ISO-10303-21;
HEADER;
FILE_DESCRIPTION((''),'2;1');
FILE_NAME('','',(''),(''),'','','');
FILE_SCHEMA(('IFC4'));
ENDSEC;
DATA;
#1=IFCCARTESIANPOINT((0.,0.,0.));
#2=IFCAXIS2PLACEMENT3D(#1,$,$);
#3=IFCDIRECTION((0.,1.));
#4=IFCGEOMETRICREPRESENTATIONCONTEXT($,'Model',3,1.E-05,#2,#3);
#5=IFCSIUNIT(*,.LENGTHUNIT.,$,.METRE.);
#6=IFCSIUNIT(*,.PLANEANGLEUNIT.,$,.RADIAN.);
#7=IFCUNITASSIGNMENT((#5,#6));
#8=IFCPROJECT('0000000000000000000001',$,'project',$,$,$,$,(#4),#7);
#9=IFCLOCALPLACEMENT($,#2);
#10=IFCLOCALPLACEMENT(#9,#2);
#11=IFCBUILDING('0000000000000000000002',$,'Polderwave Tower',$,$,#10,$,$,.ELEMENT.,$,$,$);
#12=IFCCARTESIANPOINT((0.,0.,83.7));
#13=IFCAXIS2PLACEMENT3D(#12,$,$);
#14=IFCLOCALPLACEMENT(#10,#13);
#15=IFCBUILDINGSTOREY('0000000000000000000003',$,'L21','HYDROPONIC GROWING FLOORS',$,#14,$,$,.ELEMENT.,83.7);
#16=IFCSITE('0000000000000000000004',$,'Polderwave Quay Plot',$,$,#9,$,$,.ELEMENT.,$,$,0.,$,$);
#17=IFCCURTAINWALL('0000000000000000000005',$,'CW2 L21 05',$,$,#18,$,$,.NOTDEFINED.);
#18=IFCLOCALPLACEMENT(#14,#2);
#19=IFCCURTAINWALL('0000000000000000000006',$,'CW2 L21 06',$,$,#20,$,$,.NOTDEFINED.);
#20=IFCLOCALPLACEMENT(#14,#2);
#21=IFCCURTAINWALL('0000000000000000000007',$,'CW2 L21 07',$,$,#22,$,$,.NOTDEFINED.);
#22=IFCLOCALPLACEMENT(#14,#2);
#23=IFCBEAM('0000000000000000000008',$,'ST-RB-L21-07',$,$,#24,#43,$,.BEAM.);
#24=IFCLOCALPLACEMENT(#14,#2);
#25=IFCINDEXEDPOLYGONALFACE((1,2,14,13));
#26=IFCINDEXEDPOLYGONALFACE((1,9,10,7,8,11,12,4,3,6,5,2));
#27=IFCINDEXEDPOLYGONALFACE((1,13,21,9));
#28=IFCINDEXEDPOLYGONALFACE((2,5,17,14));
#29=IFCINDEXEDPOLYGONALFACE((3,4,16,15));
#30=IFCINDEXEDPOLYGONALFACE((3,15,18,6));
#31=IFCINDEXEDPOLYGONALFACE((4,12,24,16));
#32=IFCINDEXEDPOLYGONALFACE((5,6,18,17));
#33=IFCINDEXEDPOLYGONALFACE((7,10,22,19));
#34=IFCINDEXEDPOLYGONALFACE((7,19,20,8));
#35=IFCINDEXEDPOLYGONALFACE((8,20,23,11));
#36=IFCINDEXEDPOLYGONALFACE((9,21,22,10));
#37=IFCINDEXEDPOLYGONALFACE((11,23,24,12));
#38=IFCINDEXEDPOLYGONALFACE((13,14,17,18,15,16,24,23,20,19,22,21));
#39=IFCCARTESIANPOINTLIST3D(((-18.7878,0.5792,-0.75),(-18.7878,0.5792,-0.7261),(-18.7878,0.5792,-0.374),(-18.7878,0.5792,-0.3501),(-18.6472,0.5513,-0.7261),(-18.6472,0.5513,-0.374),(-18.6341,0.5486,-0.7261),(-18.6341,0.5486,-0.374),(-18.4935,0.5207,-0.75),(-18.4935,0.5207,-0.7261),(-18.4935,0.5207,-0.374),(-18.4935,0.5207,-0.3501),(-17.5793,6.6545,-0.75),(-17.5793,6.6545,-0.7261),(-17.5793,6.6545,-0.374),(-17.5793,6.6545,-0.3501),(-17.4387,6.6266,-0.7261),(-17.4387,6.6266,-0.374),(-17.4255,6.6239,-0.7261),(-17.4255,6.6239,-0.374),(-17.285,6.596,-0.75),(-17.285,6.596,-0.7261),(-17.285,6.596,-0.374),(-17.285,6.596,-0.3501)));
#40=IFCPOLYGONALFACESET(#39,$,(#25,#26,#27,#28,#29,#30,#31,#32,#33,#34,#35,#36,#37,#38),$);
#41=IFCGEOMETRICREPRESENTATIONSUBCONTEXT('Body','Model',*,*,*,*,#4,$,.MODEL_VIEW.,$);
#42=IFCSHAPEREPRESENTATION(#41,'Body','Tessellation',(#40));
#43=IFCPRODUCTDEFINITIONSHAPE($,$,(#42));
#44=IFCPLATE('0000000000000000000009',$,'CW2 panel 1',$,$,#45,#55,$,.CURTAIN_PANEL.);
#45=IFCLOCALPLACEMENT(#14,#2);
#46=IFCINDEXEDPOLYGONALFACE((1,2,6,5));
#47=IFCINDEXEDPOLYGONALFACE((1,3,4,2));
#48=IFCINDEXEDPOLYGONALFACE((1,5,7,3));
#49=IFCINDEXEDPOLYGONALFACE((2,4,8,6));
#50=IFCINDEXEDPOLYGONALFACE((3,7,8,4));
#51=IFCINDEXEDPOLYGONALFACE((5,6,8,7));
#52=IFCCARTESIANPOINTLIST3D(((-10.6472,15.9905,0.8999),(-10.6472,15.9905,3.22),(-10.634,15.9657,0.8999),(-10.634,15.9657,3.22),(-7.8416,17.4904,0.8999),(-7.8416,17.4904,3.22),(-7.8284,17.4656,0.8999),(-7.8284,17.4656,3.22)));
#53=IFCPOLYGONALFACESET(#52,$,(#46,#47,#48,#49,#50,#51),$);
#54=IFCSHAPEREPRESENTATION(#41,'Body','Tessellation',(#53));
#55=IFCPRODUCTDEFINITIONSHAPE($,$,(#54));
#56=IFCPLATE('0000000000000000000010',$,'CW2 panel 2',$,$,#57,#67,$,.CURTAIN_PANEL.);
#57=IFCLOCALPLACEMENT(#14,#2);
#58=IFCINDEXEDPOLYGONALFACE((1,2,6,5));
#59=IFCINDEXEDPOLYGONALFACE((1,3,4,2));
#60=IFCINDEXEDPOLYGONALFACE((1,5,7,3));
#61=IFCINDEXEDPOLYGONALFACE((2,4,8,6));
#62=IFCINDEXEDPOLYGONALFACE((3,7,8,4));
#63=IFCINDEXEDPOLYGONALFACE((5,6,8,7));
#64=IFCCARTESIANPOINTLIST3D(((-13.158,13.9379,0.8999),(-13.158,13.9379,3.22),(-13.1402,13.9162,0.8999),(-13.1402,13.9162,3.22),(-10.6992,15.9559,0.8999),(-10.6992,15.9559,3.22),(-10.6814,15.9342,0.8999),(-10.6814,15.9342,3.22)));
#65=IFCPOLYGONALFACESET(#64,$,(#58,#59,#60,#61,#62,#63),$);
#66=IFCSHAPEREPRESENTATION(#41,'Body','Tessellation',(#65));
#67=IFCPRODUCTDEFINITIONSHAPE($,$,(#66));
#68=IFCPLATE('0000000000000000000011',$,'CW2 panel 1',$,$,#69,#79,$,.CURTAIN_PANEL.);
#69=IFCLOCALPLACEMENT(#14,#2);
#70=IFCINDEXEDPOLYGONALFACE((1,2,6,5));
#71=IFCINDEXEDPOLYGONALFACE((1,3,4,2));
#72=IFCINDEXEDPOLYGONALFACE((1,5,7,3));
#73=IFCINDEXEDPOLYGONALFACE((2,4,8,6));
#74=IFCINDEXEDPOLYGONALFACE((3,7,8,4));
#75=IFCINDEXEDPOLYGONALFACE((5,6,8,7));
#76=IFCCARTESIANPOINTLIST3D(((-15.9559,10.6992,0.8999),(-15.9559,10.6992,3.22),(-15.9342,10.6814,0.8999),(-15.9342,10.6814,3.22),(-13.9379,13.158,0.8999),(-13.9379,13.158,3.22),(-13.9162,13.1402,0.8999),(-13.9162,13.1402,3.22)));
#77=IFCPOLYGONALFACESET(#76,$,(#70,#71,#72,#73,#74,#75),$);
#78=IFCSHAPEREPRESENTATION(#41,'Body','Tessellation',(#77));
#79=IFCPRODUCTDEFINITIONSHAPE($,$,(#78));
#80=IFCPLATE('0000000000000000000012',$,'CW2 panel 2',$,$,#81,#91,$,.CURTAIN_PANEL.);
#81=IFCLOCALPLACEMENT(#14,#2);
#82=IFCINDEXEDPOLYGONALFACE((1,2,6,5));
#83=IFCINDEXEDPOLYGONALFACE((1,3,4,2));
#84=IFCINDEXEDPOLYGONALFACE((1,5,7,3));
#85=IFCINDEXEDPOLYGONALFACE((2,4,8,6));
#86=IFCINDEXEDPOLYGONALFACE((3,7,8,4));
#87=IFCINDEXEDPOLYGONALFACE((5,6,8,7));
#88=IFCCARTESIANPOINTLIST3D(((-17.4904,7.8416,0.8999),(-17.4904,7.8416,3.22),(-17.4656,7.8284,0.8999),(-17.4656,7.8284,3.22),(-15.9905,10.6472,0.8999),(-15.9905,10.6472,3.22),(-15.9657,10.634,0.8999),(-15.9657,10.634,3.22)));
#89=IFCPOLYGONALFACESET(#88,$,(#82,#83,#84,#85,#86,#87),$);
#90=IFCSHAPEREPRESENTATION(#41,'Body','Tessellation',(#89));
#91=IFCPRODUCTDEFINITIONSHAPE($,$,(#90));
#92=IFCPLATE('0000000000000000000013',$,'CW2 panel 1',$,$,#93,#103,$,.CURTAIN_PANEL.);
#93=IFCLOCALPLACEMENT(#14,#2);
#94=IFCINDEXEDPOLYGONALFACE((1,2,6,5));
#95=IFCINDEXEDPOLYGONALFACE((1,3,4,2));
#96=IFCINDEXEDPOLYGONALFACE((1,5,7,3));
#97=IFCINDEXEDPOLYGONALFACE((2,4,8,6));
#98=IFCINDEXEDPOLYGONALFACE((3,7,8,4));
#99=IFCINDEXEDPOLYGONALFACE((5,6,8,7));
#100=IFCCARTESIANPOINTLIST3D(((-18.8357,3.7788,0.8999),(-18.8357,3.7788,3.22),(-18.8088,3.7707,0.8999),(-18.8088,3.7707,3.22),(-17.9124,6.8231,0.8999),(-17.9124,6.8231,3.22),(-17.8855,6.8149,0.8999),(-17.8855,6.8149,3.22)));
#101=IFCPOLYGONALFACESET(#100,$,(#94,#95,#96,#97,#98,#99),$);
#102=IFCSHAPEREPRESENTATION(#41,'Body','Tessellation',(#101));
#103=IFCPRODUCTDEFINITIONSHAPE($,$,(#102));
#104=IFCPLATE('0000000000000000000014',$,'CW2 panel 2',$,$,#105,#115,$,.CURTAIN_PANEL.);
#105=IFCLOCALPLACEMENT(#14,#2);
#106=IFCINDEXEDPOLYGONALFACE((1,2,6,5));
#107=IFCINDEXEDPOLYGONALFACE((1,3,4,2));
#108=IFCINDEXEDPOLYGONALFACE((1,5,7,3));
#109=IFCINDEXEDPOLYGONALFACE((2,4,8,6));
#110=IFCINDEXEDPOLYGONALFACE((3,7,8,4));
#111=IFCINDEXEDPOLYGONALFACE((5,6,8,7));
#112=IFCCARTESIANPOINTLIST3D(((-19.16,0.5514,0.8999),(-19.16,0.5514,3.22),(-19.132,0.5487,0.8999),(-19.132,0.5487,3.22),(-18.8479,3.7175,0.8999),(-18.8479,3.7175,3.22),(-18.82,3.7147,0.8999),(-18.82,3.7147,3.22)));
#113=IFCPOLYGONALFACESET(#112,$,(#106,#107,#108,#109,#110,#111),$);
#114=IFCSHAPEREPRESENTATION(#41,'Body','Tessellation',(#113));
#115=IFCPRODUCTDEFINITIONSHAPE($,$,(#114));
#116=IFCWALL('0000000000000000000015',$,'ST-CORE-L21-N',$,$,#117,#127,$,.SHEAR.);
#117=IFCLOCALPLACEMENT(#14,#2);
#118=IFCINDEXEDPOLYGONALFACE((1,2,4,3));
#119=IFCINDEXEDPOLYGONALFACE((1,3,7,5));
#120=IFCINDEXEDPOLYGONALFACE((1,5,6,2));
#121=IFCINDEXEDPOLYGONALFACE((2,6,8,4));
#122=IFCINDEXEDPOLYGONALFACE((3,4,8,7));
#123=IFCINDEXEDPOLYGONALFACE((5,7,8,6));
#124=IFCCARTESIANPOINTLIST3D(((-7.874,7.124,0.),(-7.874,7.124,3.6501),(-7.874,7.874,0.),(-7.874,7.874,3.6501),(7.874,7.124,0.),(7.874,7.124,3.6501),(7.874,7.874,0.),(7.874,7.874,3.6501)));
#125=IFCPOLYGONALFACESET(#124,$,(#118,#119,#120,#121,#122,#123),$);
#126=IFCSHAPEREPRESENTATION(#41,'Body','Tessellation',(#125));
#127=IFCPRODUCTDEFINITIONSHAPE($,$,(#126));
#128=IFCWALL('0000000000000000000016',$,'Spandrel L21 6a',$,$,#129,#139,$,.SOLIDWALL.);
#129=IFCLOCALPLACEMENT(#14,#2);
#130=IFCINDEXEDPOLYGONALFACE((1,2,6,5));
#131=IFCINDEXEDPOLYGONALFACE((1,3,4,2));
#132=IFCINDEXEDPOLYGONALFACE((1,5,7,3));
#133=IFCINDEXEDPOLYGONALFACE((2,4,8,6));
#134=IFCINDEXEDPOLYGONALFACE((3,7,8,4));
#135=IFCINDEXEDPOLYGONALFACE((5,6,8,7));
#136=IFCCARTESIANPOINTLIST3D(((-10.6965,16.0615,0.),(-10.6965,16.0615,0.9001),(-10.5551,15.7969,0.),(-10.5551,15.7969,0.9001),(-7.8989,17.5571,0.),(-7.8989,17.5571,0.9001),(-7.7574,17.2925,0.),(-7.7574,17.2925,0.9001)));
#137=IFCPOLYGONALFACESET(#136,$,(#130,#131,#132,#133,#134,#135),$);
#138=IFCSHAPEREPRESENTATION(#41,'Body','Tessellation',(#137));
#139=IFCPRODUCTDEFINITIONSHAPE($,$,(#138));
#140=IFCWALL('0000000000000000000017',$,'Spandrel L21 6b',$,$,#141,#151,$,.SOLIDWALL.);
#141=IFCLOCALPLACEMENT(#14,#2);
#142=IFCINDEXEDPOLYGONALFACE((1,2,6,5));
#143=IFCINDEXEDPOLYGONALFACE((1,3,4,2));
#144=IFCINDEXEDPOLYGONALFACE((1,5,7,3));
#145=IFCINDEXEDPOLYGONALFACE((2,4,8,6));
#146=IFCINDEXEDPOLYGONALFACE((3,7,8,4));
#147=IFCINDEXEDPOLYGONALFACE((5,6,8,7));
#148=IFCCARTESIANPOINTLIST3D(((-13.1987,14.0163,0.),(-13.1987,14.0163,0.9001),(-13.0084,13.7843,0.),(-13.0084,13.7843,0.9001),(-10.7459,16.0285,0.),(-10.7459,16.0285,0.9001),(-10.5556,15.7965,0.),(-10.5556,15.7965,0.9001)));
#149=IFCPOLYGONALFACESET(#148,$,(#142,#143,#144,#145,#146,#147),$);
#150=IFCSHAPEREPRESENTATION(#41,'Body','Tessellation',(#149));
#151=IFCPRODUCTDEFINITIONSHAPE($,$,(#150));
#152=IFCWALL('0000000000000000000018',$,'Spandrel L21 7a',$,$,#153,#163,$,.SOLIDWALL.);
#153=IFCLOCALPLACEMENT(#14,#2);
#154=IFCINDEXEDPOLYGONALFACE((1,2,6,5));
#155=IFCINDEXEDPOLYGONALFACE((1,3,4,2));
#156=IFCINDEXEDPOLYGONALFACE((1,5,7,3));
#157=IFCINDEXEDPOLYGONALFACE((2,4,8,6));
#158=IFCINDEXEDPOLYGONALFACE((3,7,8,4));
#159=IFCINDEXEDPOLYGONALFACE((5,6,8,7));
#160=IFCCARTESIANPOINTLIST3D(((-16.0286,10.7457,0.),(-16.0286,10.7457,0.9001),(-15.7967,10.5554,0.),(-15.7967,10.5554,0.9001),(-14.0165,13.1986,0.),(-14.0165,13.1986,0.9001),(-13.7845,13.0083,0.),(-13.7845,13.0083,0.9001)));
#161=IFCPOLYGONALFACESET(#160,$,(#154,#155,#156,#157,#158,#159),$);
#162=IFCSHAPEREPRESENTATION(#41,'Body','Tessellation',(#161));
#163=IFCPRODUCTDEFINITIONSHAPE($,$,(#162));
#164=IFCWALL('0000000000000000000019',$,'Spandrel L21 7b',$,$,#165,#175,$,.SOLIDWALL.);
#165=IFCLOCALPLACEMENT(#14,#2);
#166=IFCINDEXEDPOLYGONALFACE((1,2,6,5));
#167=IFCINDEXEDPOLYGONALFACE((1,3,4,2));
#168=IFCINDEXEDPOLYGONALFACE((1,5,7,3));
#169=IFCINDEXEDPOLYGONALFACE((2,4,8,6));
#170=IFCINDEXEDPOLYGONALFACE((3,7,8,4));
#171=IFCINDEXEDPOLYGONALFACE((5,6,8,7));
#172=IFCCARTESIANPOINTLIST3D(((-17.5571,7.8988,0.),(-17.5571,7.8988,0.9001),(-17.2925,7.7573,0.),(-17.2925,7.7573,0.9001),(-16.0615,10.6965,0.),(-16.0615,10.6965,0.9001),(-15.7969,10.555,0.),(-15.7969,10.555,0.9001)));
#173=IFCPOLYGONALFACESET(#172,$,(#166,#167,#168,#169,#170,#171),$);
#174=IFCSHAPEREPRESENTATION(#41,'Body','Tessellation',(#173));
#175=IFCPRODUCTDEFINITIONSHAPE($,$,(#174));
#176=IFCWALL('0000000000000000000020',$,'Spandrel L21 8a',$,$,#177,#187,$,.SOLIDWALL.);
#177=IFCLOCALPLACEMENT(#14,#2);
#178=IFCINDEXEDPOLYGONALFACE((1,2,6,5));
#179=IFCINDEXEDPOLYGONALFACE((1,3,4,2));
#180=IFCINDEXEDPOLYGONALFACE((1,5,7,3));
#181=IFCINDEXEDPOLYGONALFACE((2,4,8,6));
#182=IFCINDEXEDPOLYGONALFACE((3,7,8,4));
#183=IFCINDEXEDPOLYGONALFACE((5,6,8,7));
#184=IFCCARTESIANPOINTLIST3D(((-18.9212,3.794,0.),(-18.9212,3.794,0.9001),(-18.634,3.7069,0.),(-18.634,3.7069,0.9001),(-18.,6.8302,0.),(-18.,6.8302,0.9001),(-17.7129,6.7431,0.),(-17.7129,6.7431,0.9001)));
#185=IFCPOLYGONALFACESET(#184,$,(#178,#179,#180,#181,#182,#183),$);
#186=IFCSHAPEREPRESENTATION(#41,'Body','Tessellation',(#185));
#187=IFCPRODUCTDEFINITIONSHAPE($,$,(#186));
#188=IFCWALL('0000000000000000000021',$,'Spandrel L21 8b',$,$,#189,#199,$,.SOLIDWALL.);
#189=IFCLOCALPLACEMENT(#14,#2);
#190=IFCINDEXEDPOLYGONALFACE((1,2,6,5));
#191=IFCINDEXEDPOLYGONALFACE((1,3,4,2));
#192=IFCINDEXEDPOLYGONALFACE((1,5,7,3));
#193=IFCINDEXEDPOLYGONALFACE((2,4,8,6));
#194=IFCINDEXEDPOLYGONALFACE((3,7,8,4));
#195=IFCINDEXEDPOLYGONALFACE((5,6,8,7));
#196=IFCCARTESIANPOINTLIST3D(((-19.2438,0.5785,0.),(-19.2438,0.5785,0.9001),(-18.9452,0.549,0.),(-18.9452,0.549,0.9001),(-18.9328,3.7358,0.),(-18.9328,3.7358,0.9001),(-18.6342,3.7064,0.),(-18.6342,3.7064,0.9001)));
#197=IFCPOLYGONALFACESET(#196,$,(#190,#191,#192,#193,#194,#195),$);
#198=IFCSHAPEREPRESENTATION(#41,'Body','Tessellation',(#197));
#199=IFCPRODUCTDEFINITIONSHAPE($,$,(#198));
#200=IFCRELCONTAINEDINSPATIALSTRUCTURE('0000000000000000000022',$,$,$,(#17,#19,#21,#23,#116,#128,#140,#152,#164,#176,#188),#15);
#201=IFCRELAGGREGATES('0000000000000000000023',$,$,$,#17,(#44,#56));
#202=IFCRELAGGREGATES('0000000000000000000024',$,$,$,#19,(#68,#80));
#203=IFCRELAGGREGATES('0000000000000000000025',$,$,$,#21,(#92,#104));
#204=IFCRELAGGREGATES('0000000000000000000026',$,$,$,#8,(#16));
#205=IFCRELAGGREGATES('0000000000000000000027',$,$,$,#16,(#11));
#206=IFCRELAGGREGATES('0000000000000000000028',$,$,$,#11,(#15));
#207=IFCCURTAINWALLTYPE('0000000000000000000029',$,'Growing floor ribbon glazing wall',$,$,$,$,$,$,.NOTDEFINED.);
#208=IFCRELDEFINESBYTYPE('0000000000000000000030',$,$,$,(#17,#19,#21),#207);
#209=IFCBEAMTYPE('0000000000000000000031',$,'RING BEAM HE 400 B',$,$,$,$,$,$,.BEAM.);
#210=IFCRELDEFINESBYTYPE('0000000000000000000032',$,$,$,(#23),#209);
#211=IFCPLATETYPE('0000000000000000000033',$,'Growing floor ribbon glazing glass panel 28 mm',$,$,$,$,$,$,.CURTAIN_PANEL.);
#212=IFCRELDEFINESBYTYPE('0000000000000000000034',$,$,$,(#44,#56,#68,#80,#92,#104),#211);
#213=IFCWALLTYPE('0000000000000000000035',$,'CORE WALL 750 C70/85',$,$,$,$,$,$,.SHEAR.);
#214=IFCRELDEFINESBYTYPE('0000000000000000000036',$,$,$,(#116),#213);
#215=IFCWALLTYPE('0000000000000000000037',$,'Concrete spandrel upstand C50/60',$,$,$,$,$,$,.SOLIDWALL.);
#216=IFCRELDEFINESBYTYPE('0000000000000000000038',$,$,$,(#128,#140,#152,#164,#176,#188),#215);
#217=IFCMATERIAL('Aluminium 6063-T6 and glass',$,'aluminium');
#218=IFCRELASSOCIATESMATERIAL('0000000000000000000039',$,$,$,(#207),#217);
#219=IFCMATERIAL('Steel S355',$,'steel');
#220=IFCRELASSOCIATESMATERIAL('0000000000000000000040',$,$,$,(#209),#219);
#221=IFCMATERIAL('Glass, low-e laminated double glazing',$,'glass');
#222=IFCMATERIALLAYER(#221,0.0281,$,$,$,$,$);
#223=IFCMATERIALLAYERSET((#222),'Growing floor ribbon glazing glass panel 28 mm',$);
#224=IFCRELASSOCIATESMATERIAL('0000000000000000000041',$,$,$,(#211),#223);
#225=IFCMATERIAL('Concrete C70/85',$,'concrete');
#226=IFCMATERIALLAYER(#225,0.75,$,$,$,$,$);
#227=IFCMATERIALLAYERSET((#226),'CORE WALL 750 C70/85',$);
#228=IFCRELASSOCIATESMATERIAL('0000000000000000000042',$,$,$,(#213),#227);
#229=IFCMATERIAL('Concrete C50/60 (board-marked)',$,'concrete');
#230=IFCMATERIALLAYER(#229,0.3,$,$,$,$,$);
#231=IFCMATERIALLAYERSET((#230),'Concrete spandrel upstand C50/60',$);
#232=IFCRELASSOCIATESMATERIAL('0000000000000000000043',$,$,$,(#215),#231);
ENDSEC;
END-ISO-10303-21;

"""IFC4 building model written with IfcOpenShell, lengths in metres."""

from ifc_helpers import new_model, si_unit, direction, frame, frame_2d, origin, origin_2d, place, context, subcontext, project, spatial, rectangle, i_section, extrude, material, layer, layer_set, material_profile, profile_set, type_object, element, aggregate, save


model = new_model("IFC4")

# Units and contexts
model_context = context("Model", 3, precision=1e-05, world=origin(), true_north=direction((0.0, 1.0)))
body_context = subcontext(model_context, "Body", "Model", "MODEL_VIEW")
ifc_project = project(units=[si_unit("LENGTHUNIT", "METRE"), si_unit("PLANEANGLEUNIT", "RADIAN")], contexts=[model_context])

# Site, building, storey
site_placement = place(None, origin())
site = spatial("IfcSite", under=ifc_project, at=site_placement, Name="Polderwave Quay Plot", CompositionType="ELEMENT", RefElevation=0.0)
building_placement = place(site_placement, origin())
building = spatial("IfcBuilding", under=site, at=building_placement, Name="Polderwave Tower", CompositionType="ELEMENT")
storey_placement = place(building_placement, frame((0.0, 0.0, 83.7)))
storey = spatial("IfcBuildingStorey", under=building, at=storey_placement, Name="L21", Description="HYDROPONIC GROWING FLOORS", CompositionType="ELEMENT", Elevation=83.7)

# Shared definitions
ifc_material_1 = material(Name="Concrete C70/85", Category="concrete")

# Curtain walls
ifc_material_2 = material(Name="Aluminium 6063-T6 and glass", Category="aluminium")
curtain_wall_type = type_object("IfcCurtainWallType", Name="Growing floor ribbon glazing wall", PredefinedType="NOTDEFINED", material=ifc_material_2)
curtain_wall_1_placement = place(storey_placement, origin())
curtain_wall_1 = element("IfcCurtainWall", 1, at=curtain_wall_1_placement, inside=storey, type_object=curtain_wall_type, Name="CW2 L21 05", PredefinedType="NOTDEFINED")
curtain_wall_2_placement = place(storey_placement, origin())
curtain_wall_2 = element("IfcCurtainWall", 2, at=curtain_wall_2_placement, inside=storey, type_object=curtain_wall_type, Name="CW2 L21 06", PredefinedType="NOTDEFINED")
curtain_wall_3_placement = place(storey_placement, origin())
curtain_wall_3 = element("IfcCurtainWall", 3, at=curtain_wall_3_placement, inside=storey, type_object=curtain_wall_type, Name="CW2 L21 07", PredefinedType="NOTDEFINED")

# Beam
ifc_material_3 = material(Name="Steel S355", Category="steel")
ifc_material_profile_1 = material_profile(ifc_material_3, i_section(OverallWidth=0.3, OverallDepth=0.3999, WebThickness=0.0134, FlangeThickness=0.0239, at=origin_2d()), Name="HE 400 B")
ifc_profile_set_1 = profile_set([ifc_material_profile_1], Name="Steel S355")
beam_type = type_object("IfcBeamType", Name="RING BEAM HE 400 B", PredefinedType="BEAM", material=ifc_profile_set_1)
for number, where, z_axis, x_axis, name in (
    (4, (-17.4321, 6.6252, -0.55), (-0.1951, -0.980783, 0.0), (0.980783, -0.1951, 0.0), "ST-RB-L21-07"),
):
    element("IfcBeam", number, at=place(storey_placement, frame(where, z_axis=z_axis, x_axis=x_axis)), inside=storey, type_object=beam_type, Name=name, PredefinedType="BEAM", context=body_context, shape_type="SweptSolid", body=[
        extrude(i_section(OverallWidth=0.3, OverallDepth=0.3999, WebThickness=0.0134, FlangeThickness=0.0239, at=origin_2d()), origin(), (0.0, 0.0, 1.0), 6.1943),
    ])

# Plates
ifc_material_4 = material(Name="Glass, low-e laminated double glazing", Category="glass")
ifc_layer_1 = layer(ifc_material_4, 0.0281)
ifc_layer_set_1 = layer_set([ifc_layer_1], Name="Growing floor ribbon glazing glass panel 28 mm")
plate_type = type_object("IfcPlateType", Name="Growing floor ribbon glazing glass panel 28 mm", PredefinedType="CURTAIN_PANEL", material=ifc_layer_set_1)
plate_1_placement = place(storey_placement, frame((-9.2378, 16.728, 0.8999), z_axis=(0.0, 0.0, 1.0), x_axis=(-0.881887, -0.471461, 0.0)))
plate_1 = element("IfcPlate", 5, at=plate_1_placement, type_object=plate_type, Name="CW2 panel 1", PredefinedType="CURTAIN_PANEL", context=body_context, shape_type="SweptSolid", body=[
    extrude(rectangle(XDim=3.1814, YDim=0.0281, at=origin_2d()), origin(), (0.0, 0.0, 1.0), 2.3201),
])
plate_2_placement = place(storey_placement, frame((-11.9197, 14.936, 0.8999), z_axis=(0.0, 0.0, 1.0), x_axis=(-0.772999, -0.634407, 0.0)))
plate_2 = element("IfcPlate", 6, at=plate_2_placement, type_object=plate_type, Name="CW2 panel 2", PredefinedType="CURTAIN_PANEL", context=body_context, shape_type="SweptSolid", body=[
    extrude(rectangle(XDim=3.1809, YDim=0.0281, at=origin_2d()), origin(), (0.0, 0.0, 1.0), 2.3201),
])
aggregate(curtain_wall_1, [plate_1, plate_2])
plate_3_placement = place(storey_placement, frame((-14.936, 11.9197, 0.8999), z_axis=(0.0, 0.0, 1.0), x_axis=(-0.634407, -0.772999, 0.0)))
plate_3 = element("IfcPlate", 7, at=plate_3_placement, type_object=plate_type, Name="CW2 panel 1", PredefinedType="CURTAIN_PANEL", context=body_context, shape_type="SweptSolid", body=[
    extrude(rectangle(XDim=3.1809, YDim=0.0281, at=origin_2d()), origin(), (0.0, 0.0, 1.0), 2.3201),
])
plate_4_placement = place(storey_placement, frame((-16.728, 9.2378, 0.8999), z_axis=(0.0, 0.0, 1.0), x_axis=(-0.471461, -0.881887, 0.0)))
plate_4 = element("IfcPlate", 8, at=plate_4_placement, type_object=plate_type, Name="CW2 panel 2", PredefinedType="CURTAIN_PANEL", context=body_context, shape_type="SweptSolid", body=[
    extrude(rectangle(XDim=3.1814, YDim=0.0281, at=origin_2d()), origin(), (0.0, 0.0, 1.0), 2.3201),
])
aggregate(curtain_wall_2, [plate_3, plate_4])
plate_5_placement = place(storey_placement, frame((-18.3606, 5.2969, 0.8999), z_axis=(0.0, 0.0, 1.0), x_axis=(-0.290233, -0.956956, 0.0)))
plate_5 = element("IfcPlate", 9, at=plate_5_placement, type_object=plate_type, Name="CW2 panel 1", PredefinedType="CURTAIN_PANEL", context=body_context, shape_type="SweptSolid", body=[
    extrude(rectangle(XDim=3.1812, YDim=0.0281, at=origin_2d()), origin(), (0.0, 0.0, 1.0), 2.3201),
])
plate_6_placement = place(storey_placement, frame((-18.99, 2.1331, 0.8999), z_axis=(0.0, 0.0, 1.0), x_axis=(-0.098085, -0.995178, 0.0)))
plate_6 = element("IfcPlate", 10, at=plate_6_placement, type_object=plate_type, Name="CW2 panel 2", PredefinedType="CURTAIN_PANEL", context=body_context, shape_type="SweptSolid", body=[
    extrude(rectangle(XDim=3.1814, YDim=0.0281, at=origin_2d()), origin(), (0.0, 0.0, 1.0), 2.3201),
])
aggregate(curtain_wall_3, [plate_5, plate_6])

# Walls
ifc_layer_2 = layer(ifc_material_1, 0.75)
ifc_layer_set_2 = layer_set([ifc_layer_2], Name="CORE WALL 750 C70/85")
wall_type_1 = type_object("IfcWallType", Name="CORE WALL 750 C70/85", PredefinedType="SHEAR", material=ifc_layer_set_2)
wall_1_placement = place(storey_placement, frame((-7.874, 7.499, 0.0), z_axis=(0.0, 0.0, 1.0), x_axis=(1.0, 0.0, 0.0)))
element("IfcWall", 11, at=wall_1_placement, inside=storey, type_object=wall_type_1, Name="ST-CORE-L21-N", PredefinedType="SHEAR", context=body_context, shape_type="SweptSolid", body=[
    extrude(rectangle(XDim=15.748, YDim=0.75, at=frame_2d((7.874, 0.0))), origin(), (0.0, 0.0, 1.0), 3.6501),
])
ifc_material_5 = material(Name="Concrete C50/60 (board-marked)", Category="concrete")
ifc_layer_3 = layer(ifc_material_5, 0.3)
ifc_layer_set_3 = layer_set([ifc_layer_3], Name="Concrete spandrel upstand C50/60")
wall_type_2 = type_object("IfcWallType", Name="Concrete spandrel upstand C50/60", PredefinedType="SOLIDWALL", material=ifc_layer_set_3)
wall_2_placement = place(storey_placement, frame((-7.8281, 17.4248, 0.0), z_axis=(0.0, 0.0, 1.0), x_axis=(-0.881888, -0.471459, 0.0)))
element("IfcWall", 12, at=wall_2_placement, inside=storey, type_object=wall_type_2, Name="Spandrel L21 6a", PredefinedType="SOLIDWALL", context=body_context, shape_type="SweptSolid", body=[
    extrude(rectangle(XDim=3.1724, YDim=0.3, at=frame_2d((1.5862, 0.0))), origin(), (0.0, 0.0, 1.0), 0.9001),
])
for number, where, z_axis, x_axis, name in (
    (13, (-10.6506, 15.9126, 0.0), (0.0, 0.0, 1.0), (-0.773137, -0.634239, 0.0), "Spandrel L21 6b"),
    (14, (-13.9004, 13.1035, 0.0), (0.0, 0.0, 1.0), (-0.634239, -0.773137, 0.0), "Spandrel L21 7a"),
):
    element("IfcWall", number, at=place(storey_placement, frame(where, z_axis=z_axis, x_axis=x_axis)), inside=storey, type_object=wall_type_2, Name=name, PredefinedType="SOLIDWALL", context=body_context, shape_type="SweptSolid", body=[
        extrude(rectangle(XDim=3.1726, YDim=0.3, at=frame_2d((1.5864, 0.0))), origin(), (0.0, 0.0, 1.0), 0.9001),
    ])
wall_3_placement = place(storey_placement, frame((-15.9292, 10.6257, 0.0), z_axis=(0.0, 0.0, 1.0), x_axis=(-0.471459, -0.881888, 0.0)))
element("IfcWall", 15, at=wall_3_placement, inside=storey, type_object=wall_type_2, Name="Spandrel L21 7b", PredefinedType="SOLIDWALL", context=body_context, shape_type="SweptSolid", body=[
    extrude(rectangle(XDim=3.1724, YDim=0.3, at=frame_2d((1.5862, 0.0))), origin(), (0.0, 0.0, 1.0), 0.9001),
])
wall_4_placement = place(storey_placement, frame((-17.8564, 6.7866, 0.0), z_axis=(0.0, 0.0, 1.0), x_axis=(-0.290326, -0.956928, 0.0)))
element("IfcWall", 16, at=wall_4_placement, inside=storey, type_object=wall_type_2, Name="Spandrel L21 8a", PredefinedType="SOLIDWALL", context=body_context, shape_type="SweptSolid", body=[
    extrude(rectangle(XDim=3.1729, YDim=0.3, at=frame_2d((1.5864, 0.0))), origin(), (0.0, 0.0, 1.0), 0.9001),
])
wall_5_placement = place(storey_placement, frame((-18.7834, 3.7212, 0.0), z_axis=(0.0, 0.0, 1.0), x_axis=(-0.098041, -0.995182, 0.0)))
element("IfcWall", 17, at=wall_5_placement, inside=storey, type_object=wall_type_2, Name="Spandrel L21 8b", PredefinedType="SOLIDWALL", context=body_context, shape_type="SweptSolid", body=[
    extrude(rectangle(XDim=3.1726, YDim=0.3, at=frame_2d((1.5864, 0.0))), origin(), (0.0, 0.0, 1.0), 0.9001),
])

save(model, "model.ifc")
